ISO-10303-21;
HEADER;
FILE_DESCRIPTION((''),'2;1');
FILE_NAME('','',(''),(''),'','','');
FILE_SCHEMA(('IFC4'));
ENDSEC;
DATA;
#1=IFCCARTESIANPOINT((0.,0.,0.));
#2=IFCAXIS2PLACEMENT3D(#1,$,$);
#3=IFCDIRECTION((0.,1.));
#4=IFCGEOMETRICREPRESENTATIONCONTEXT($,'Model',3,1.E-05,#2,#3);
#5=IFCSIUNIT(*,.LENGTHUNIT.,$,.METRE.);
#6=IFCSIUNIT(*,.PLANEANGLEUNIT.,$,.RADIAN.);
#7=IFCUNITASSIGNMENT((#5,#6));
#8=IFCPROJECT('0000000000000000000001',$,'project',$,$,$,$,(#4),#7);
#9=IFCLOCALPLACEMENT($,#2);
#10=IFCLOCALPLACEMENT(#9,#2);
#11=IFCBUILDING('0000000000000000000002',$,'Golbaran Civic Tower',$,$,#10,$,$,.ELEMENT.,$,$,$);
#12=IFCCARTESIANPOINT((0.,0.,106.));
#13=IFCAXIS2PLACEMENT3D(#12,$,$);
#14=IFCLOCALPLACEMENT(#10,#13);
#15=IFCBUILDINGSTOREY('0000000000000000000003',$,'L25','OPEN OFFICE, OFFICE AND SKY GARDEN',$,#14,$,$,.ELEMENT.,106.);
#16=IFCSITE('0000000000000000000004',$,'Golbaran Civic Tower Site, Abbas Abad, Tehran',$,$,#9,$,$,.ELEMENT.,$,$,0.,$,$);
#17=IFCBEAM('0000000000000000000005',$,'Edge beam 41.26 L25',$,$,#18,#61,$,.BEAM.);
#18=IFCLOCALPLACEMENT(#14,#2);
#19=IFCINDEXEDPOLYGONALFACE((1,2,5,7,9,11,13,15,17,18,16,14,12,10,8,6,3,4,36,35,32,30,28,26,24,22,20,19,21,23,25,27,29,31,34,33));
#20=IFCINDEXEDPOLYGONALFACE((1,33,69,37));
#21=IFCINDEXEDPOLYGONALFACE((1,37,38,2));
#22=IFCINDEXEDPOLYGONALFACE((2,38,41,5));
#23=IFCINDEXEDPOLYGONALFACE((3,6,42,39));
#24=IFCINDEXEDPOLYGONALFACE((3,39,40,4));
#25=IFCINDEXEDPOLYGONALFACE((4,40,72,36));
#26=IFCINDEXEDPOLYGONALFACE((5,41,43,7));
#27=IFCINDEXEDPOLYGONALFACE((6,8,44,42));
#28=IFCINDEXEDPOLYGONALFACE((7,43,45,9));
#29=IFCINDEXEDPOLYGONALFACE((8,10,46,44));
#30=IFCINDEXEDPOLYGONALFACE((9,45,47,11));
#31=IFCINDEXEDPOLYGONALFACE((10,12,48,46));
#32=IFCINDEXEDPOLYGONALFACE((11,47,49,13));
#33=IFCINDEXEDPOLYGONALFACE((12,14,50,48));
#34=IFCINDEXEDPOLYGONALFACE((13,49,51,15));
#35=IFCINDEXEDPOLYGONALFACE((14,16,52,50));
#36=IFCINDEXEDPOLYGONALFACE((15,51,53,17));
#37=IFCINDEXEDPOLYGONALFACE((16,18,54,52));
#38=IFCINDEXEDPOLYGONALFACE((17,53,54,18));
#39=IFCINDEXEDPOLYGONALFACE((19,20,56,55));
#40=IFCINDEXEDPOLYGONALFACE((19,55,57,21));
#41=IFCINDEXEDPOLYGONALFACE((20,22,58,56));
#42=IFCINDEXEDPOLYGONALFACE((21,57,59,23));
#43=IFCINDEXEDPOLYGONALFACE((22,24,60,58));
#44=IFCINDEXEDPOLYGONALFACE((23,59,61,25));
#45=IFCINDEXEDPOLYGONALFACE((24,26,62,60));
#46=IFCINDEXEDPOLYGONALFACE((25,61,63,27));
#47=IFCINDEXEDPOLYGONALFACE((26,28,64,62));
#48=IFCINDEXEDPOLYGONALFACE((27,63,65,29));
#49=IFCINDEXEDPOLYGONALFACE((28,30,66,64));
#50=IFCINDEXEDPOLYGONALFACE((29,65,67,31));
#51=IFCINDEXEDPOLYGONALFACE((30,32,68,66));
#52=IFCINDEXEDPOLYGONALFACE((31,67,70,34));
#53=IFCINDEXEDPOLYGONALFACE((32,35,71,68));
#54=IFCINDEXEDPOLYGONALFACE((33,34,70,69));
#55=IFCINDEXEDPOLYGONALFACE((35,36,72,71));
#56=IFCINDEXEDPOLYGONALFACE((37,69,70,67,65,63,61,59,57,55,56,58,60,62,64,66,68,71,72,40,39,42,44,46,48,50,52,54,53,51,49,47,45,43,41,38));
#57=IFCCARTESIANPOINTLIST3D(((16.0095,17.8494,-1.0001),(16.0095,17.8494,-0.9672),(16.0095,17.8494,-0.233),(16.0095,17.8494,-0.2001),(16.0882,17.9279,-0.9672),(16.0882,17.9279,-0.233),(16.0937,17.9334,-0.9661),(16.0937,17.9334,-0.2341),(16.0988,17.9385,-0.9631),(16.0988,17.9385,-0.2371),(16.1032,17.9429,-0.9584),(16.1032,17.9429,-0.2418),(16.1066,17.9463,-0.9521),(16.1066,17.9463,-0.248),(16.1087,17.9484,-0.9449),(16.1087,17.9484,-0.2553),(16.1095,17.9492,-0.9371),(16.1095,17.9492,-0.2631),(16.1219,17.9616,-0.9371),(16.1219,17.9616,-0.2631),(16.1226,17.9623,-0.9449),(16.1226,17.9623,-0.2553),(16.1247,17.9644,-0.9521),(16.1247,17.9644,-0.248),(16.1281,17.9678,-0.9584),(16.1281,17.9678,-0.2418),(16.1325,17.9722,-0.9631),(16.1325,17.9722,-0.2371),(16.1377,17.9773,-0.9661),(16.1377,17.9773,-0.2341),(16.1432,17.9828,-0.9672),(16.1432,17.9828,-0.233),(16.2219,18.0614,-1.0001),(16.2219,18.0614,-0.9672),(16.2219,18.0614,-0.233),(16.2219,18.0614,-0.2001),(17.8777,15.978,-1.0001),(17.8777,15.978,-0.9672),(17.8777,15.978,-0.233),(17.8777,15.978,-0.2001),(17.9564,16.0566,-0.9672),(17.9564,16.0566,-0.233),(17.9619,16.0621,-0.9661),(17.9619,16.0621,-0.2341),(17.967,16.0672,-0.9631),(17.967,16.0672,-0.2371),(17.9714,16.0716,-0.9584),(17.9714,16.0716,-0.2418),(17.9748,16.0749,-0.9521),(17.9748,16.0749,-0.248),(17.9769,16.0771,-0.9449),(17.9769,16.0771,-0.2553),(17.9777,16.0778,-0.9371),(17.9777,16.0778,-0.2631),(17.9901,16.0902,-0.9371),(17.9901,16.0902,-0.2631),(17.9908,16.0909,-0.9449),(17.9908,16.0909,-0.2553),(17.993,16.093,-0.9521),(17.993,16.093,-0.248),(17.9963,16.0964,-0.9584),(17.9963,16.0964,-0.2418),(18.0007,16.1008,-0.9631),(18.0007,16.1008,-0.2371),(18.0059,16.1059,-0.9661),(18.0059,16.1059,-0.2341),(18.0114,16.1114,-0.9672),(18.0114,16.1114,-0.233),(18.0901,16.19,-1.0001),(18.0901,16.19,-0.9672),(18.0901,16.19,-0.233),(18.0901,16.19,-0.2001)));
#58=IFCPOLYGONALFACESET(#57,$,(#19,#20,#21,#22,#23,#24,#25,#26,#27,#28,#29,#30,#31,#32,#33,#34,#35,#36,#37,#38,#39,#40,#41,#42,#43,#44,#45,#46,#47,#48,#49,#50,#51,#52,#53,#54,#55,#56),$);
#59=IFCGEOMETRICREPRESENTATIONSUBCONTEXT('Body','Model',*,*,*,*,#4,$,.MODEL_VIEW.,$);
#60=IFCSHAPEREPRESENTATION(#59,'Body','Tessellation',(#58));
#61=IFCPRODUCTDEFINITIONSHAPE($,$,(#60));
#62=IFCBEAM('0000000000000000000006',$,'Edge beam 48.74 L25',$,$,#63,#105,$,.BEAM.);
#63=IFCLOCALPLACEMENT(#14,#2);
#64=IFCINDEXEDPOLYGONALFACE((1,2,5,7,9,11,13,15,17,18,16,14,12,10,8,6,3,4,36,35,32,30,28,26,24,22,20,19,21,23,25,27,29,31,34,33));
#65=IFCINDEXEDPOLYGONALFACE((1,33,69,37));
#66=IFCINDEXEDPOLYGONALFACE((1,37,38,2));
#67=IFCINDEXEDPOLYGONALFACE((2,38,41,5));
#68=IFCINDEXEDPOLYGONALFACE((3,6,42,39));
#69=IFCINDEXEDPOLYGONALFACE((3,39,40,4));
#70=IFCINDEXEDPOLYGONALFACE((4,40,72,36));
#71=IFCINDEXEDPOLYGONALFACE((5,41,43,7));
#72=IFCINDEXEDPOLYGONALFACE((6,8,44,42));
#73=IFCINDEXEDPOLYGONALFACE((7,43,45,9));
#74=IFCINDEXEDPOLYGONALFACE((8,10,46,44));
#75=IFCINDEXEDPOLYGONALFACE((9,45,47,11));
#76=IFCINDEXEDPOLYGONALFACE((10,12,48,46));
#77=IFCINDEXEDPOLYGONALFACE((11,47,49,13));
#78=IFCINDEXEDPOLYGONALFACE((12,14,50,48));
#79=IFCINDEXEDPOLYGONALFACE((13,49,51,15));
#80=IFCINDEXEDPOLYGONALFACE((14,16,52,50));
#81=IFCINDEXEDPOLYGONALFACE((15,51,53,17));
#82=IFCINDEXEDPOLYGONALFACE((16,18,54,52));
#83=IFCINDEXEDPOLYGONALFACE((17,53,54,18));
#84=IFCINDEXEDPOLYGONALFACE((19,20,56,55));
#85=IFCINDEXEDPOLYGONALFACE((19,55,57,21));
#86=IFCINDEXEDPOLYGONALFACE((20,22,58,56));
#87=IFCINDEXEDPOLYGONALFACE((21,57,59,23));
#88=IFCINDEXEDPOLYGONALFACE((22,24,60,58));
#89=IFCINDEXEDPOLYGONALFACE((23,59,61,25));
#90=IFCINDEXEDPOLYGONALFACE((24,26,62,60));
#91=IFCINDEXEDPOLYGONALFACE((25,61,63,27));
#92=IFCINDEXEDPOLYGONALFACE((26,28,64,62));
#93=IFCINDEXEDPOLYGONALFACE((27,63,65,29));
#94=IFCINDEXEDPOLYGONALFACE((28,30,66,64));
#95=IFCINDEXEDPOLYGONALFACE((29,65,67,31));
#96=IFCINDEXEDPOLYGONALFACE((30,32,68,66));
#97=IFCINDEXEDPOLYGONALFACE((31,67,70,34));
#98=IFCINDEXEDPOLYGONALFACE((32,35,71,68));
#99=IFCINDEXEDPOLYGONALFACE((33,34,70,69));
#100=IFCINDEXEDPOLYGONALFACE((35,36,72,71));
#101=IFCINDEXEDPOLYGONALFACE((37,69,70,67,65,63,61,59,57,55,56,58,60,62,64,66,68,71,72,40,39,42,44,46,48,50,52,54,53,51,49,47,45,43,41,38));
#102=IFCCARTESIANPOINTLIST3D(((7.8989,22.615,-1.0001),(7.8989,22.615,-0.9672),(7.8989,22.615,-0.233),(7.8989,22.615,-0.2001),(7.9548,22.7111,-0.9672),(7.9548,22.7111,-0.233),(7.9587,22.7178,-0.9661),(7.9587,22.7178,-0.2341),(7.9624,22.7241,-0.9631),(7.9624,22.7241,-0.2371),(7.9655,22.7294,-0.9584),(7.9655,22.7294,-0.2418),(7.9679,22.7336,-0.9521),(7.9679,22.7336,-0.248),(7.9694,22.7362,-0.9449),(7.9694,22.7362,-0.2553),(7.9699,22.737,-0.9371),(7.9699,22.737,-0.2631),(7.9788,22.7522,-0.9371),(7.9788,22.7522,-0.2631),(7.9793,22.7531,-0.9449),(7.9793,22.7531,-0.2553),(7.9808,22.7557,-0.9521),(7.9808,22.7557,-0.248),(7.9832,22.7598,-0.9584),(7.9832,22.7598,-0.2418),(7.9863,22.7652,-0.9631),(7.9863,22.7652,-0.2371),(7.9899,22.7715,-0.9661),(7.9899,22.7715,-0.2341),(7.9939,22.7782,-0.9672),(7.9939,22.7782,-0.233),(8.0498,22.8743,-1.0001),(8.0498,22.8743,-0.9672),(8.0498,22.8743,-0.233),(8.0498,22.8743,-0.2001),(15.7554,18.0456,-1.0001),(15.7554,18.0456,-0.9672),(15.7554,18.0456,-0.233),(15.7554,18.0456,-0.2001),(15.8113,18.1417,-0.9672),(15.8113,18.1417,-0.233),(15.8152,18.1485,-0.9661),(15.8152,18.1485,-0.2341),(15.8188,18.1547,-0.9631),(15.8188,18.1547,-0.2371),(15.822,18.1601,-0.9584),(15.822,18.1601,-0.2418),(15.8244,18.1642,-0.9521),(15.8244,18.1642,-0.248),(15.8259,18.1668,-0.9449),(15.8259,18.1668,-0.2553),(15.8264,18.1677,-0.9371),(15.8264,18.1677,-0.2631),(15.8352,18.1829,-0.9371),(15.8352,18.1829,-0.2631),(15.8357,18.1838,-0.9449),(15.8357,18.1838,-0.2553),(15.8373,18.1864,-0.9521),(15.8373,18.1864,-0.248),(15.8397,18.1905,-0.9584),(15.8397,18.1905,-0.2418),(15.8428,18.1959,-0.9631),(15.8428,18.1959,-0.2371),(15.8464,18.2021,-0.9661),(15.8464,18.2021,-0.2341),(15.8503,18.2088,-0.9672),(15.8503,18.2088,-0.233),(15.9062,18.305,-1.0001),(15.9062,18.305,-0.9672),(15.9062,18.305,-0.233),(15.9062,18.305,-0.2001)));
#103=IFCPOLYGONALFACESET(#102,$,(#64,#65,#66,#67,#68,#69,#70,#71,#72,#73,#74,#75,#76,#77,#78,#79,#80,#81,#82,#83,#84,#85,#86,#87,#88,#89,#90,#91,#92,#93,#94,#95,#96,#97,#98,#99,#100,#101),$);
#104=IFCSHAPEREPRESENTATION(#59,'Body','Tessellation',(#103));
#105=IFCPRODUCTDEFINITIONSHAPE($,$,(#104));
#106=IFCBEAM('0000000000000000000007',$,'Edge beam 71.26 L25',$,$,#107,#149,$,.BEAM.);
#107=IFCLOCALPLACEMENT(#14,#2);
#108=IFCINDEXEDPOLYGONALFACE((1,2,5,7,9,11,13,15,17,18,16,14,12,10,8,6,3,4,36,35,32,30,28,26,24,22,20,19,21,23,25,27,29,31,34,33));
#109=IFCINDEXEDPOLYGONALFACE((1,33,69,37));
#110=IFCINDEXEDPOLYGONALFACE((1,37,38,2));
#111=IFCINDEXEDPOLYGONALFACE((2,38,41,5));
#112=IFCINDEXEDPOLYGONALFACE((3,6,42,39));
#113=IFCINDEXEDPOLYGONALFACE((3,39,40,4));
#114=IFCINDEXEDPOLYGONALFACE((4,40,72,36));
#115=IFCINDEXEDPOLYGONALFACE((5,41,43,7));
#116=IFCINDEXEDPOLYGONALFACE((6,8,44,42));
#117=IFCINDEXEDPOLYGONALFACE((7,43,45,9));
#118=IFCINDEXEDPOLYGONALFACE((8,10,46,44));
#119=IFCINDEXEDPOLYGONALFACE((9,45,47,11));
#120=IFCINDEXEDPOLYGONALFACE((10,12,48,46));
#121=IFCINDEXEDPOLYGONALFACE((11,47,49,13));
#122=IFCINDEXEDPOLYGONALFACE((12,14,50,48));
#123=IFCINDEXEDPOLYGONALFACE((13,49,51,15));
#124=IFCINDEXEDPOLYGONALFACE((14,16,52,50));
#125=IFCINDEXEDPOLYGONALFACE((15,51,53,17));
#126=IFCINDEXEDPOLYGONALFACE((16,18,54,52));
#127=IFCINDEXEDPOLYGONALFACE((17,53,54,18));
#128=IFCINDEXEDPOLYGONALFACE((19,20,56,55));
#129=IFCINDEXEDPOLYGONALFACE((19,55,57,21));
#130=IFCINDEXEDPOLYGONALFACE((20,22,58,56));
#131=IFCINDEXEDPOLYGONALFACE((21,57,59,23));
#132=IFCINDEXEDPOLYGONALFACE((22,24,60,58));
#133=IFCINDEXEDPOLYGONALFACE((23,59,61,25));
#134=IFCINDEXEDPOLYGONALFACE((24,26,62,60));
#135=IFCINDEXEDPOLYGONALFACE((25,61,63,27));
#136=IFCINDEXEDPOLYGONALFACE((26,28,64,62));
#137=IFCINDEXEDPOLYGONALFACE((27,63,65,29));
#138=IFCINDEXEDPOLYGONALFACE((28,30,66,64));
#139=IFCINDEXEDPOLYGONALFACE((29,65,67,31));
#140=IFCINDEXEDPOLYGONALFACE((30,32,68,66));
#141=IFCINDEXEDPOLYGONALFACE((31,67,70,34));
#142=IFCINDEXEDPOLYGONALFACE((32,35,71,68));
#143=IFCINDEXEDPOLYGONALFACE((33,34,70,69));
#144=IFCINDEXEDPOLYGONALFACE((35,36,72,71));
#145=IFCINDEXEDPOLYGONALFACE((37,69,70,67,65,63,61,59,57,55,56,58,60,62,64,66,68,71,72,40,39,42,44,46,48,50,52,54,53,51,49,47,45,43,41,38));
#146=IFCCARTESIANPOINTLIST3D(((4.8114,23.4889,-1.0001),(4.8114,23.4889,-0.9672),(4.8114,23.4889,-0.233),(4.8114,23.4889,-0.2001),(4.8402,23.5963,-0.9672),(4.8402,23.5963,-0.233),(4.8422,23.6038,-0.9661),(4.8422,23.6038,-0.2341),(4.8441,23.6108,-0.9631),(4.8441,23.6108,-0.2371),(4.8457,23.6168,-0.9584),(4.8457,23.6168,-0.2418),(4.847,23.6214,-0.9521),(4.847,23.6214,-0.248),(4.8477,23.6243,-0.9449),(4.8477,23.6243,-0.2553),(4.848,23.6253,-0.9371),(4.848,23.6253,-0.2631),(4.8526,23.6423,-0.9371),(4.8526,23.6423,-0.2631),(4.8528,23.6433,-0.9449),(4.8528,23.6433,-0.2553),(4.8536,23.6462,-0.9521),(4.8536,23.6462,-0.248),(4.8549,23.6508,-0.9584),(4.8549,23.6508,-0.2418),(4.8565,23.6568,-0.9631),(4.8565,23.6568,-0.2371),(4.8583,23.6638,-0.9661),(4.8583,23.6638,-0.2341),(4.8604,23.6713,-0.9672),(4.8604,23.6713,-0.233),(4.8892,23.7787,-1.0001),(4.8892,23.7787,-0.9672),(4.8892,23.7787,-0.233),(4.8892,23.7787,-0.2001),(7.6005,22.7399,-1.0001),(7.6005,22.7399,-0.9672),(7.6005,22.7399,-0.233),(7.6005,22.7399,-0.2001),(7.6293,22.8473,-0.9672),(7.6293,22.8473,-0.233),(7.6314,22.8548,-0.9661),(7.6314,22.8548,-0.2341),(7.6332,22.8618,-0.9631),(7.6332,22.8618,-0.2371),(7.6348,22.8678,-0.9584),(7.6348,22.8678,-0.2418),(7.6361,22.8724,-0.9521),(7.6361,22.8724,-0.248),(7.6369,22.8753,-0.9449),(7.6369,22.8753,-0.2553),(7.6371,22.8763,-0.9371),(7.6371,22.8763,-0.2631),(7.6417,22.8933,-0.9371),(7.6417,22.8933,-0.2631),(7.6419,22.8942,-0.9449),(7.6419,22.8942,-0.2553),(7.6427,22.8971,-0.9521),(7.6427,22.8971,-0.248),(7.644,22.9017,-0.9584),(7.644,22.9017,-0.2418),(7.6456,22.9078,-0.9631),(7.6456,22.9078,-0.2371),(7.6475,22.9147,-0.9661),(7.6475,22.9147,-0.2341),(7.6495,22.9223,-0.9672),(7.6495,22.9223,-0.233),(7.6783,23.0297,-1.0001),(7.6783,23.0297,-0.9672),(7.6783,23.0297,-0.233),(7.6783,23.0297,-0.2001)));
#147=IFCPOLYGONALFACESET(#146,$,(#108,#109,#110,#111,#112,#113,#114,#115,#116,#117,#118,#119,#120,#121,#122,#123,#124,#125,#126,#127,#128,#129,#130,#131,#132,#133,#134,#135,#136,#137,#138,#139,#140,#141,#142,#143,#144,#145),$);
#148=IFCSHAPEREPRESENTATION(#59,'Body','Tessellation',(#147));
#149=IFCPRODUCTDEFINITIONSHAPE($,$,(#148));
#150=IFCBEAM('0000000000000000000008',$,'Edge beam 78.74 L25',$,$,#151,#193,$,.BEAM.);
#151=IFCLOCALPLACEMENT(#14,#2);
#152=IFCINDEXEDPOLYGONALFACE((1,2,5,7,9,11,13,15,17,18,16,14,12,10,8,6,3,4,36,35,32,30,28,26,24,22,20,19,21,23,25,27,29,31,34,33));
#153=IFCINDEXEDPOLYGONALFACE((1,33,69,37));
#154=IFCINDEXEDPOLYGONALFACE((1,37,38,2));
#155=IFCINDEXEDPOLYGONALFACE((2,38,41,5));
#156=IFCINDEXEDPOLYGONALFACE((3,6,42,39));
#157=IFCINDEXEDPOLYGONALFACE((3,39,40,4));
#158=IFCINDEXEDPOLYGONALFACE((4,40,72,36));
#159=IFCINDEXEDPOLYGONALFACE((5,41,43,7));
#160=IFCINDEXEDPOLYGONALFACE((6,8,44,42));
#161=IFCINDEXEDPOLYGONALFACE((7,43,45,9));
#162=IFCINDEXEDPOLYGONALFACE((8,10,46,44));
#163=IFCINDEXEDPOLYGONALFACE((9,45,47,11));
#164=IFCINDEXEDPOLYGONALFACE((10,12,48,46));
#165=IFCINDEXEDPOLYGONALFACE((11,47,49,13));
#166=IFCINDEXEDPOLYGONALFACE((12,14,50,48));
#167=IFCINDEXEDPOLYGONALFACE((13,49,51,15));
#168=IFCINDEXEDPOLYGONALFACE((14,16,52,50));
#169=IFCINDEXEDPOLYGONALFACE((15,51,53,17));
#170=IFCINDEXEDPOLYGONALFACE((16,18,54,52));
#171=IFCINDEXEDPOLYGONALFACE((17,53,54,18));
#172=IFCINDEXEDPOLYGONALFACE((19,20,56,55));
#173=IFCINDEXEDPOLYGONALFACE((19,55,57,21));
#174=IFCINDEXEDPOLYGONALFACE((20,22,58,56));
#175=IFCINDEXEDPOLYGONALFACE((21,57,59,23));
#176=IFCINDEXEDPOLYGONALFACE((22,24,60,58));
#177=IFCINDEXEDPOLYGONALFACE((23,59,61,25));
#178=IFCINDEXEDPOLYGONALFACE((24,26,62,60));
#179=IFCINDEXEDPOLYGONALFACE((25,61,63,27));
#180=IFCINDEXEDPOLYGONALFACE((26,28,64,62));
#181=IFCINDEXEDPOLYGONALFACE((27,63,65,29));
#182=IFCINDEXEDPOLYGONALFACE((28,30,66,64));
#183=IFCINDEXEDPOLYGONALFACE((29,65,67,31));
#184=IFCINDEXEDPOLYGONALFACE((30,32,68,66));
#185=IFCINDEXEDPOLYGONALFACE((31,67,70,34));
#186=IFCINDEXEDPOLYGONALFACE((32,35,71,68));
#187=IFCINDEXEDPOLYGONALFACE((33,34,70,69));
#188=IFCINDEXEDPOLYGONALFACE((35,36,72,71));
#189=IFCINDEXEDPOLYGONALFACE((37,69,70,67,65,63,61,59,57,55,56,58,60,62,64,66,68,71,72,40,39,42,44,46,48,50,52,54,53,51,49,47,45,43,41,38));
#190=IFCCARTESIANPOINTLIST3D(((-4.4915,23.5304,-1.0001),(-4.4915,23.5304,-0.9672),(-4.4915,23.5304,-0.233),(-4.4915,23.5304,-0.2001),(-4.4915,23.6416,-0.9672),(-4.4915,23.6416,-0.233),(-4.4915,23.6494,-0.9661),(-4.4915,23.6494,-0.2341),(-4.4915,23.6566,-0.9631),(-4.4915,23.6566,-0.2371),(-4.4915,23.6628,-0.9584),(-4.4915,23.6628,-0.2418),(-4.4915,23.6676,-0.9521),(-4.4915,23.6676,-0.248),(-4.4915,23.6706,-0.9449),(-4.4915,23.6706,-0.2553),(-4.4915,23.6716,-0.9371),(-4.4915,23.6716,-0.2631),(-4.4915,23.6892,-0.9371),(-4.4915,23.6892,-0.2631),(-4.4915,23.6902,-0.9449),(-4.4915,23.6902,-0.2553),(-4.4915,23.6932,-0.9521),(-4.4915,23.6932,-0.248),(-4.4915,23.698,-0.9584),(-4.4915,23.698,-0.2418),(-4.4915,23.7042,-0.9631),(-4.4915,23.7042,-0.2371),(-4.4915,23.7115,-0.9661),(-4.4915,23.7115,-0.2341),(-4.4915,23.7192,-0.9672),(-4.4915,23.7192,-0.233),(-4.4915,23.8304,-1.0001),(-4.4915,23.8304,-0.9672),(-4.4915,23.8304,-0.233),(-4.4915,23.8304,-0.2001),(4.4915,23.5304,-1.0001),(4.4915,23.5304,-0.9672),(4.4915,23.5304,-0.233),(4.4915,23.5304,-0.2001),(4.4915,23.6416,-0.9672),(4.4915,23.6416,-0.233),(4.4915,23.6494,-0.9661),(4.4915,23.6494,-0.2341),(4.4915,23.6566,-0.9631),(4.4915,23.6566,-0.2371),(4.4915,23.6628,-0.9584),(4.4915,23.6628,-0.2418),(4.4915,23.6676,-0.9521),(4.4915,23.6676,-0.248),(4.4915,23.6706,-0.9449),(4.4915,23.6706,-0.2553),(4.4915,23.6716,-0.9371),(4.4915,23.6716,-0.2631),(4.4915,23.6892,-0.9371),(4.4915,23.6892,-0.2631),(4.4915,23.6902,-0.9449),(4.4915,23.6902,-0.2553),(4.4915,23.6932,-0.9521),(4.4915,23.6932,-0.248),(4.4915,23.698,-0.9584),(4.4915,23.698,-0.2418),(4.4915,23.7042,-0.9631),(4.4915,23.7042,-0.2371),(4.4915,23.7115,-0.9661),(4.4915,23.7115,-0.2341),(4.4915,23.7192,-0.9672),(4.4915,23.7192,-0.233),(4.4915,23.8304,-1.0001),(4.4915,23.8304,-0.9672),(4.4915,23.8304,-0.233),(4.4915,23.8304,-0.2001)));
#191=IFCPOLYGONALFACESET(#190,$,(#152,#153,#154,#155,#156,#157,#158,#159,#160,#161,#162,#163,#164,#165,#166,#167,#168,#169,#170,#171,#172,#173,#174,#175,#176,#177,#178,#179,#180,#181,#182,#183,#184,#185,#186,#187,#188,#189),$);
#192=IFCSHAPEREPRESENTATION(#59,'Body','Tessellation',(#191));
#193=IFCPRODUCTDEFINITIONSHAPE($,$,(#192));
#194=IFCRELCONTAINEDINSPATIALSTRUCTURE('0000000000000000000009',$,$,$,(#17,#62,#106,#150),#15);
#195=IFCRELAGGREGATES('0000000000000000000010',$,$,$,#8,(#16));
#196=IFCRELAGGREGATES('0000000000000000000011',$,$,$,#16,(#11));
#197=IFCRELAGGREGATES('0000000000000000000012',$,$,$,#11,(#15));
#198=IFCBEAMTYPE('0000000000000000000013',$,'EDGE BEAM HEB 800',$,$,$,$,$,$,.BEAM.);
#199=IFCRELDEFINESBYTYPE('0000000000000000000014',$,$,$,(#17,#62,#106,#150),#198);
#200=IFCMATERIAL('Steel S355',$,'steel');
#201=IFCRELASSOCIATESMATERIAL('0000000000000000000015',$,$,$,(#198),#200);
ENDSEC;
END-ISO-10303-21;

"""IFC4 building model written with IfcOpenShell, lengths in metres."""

from ifc_helpers import new_model, si_unit, direction, frame, origin, origin_2d, place, context, subcontext, project, spatial, i_section, extrude, material, material_profile, profile_set, type_object, element, save


model = new_model("IFC4")

# Units and contexts
model_context = context("Model", 3, precision=1e-05, world=origin(), true_north=direction((0.0, 1.0)))
body_context = subcontext(model_context, "Body", "Model", "MODEL_VIEW")
ifc_project = project(units=[si_unit("LENGTHUNIT", "METRE"), si_unit("PLANEANGLEUNIT", "RADIAN")], contexts=[model_context])

# Site, building, storey
site_placement = place(None, origin())
site = spatial("IfcSite", under=ifc_project, at=site_placement, Name="Golbaran Civic Tower Site, Abbas Abad, Tehran", CompositionType="ELEMENT", RefElevation=0.0)
building_placement = place(site_placement, origin())
building = spatial("IfcBuilding", under=site, at=building_placement, Name="Golbaran Civic Tower", CompositionType="ELEMENT")
storey_placement = place(building_placement, frame((0.0, 0.0, 106.0)))
storey = spatial("IfcBuildingStorey", under=building, at=storey_placement, Name="L25", Description="OPEN OFFICE, OFFICE AND SKY GARDEN", CompositionType="ELEMENT", Elevation=106.0)

# Beams
ifc_material_1 = material(Name="Steel S355", Category="steel")
ifc_material_profile_1 = material_profile(ifc_material_1, i_section(OverallWidth=0.3, OverallDepth=0.8, WebThickness=0.0176, FlangeThickness=0.033, FilletRadius=0.03, at=origin_2d()), Name="HEB 800")
ifc_profile_set_1 = profile_set([ifc_material_profile_1], Name="Steel S355")
beam_type_1 = type_object("IfcBeamType", Name="EDGE BEAM HEB 800", PredefinedType="BEAM", material=ifc_profile_set_1)
beam_1_placement = place(storey_placement, frame((17.9839, 16.084, -0.6001), z_axis=(-0.706506, 0.707707, 0.0), x_axis=(-0.707707, -0.706506, 0.0)))
element("IfcBeam", 1, at=beam_1_placement, inside=storey, type_object=beam_type_1, Name="Edge beam 41.26 L25", PredefinedType="BEAM", context=body_context, shape_type="SweptSolid", body=[
    extrude(i_section(OverallWidth=0.3, OverallDepth=0.8, WebThickness=0.0176, FlangeThickness=0.033, FilletRadius=0.03, at=origin_2d()), origin(), (0.0, 0.0, 1.0), 2.6443),
])
beam_2_placement = place(storey_placement, frame((15.8308, 18.1753, -0.6001), z_axis=(-0.864429, 0.502755, 0.0), x_axis=(-0.502755, -0.864429, 0.0)))
element("IfcBeam", 2, at=beam_2_placement, inside=storey, type_object=beam_type_1, Name="Edge beam 48.74 L25", PredefinedType="BEAM", context=body_context, shape_type="SweptSolid", body=[
    extrude(i_section(OverallWidth=0.3, OverallDepth=0.8, WebThickness=0.0176, FlangeThickness=0.033, FilletRadius=0.03, at=origin_2d()), origin(), (0.0, 0.0, 1.0), 9.0886),
])
beam_3_placement = place(storey_placement, frame((7.6394, 22.8848, -0.6001), z_axis=(-0.965779, 0.259367, 0.0), x_axis=(-0.259367, -0.965779, 0.0)))
element("IfcBeam", 3, at=beam_3_placement, inside=storey, type_object=beam_type_1, Name="Edge beam 71.26 L25", PredefinedType="BEAM", context=body_context, shape_type="SweptSolid", body=[
    extrude(i_section(OverallWidth=0.3, OverallDepth=0.8, WebThickness=0.0176, FlangeThickness=0.033, FilletRadius=0.03, at=origin_2d()), origin(), (0.0, 0.0, 1.0), 2.8879),
])
beam_4_placement = place(storey_placement, frame((4.4915, 23.6804, -0.6001), z_axis=(-1.0, 0.0, 0.0), x_axis=(0.0, -1.0, 0.0)))
element("IfcBeam", 4, at=beam_4_placement, inside=storey, type_object=beam_type_1, Name="Edge beam 78.74 L25", PredefinedType="BEAM", context=body_context, shape_type="SweptSolid", body=[
    extrude(i_section(OverallWidth=0.3, OverallDepth=0.8, WebThickness=0.0176, FlangeThickness=0.033, FilletRadius=0.03, at=origin_2d()), origin(), (0.0, 0.0, 1.0), 8.9829),
])

save(model, "model.ifc")
